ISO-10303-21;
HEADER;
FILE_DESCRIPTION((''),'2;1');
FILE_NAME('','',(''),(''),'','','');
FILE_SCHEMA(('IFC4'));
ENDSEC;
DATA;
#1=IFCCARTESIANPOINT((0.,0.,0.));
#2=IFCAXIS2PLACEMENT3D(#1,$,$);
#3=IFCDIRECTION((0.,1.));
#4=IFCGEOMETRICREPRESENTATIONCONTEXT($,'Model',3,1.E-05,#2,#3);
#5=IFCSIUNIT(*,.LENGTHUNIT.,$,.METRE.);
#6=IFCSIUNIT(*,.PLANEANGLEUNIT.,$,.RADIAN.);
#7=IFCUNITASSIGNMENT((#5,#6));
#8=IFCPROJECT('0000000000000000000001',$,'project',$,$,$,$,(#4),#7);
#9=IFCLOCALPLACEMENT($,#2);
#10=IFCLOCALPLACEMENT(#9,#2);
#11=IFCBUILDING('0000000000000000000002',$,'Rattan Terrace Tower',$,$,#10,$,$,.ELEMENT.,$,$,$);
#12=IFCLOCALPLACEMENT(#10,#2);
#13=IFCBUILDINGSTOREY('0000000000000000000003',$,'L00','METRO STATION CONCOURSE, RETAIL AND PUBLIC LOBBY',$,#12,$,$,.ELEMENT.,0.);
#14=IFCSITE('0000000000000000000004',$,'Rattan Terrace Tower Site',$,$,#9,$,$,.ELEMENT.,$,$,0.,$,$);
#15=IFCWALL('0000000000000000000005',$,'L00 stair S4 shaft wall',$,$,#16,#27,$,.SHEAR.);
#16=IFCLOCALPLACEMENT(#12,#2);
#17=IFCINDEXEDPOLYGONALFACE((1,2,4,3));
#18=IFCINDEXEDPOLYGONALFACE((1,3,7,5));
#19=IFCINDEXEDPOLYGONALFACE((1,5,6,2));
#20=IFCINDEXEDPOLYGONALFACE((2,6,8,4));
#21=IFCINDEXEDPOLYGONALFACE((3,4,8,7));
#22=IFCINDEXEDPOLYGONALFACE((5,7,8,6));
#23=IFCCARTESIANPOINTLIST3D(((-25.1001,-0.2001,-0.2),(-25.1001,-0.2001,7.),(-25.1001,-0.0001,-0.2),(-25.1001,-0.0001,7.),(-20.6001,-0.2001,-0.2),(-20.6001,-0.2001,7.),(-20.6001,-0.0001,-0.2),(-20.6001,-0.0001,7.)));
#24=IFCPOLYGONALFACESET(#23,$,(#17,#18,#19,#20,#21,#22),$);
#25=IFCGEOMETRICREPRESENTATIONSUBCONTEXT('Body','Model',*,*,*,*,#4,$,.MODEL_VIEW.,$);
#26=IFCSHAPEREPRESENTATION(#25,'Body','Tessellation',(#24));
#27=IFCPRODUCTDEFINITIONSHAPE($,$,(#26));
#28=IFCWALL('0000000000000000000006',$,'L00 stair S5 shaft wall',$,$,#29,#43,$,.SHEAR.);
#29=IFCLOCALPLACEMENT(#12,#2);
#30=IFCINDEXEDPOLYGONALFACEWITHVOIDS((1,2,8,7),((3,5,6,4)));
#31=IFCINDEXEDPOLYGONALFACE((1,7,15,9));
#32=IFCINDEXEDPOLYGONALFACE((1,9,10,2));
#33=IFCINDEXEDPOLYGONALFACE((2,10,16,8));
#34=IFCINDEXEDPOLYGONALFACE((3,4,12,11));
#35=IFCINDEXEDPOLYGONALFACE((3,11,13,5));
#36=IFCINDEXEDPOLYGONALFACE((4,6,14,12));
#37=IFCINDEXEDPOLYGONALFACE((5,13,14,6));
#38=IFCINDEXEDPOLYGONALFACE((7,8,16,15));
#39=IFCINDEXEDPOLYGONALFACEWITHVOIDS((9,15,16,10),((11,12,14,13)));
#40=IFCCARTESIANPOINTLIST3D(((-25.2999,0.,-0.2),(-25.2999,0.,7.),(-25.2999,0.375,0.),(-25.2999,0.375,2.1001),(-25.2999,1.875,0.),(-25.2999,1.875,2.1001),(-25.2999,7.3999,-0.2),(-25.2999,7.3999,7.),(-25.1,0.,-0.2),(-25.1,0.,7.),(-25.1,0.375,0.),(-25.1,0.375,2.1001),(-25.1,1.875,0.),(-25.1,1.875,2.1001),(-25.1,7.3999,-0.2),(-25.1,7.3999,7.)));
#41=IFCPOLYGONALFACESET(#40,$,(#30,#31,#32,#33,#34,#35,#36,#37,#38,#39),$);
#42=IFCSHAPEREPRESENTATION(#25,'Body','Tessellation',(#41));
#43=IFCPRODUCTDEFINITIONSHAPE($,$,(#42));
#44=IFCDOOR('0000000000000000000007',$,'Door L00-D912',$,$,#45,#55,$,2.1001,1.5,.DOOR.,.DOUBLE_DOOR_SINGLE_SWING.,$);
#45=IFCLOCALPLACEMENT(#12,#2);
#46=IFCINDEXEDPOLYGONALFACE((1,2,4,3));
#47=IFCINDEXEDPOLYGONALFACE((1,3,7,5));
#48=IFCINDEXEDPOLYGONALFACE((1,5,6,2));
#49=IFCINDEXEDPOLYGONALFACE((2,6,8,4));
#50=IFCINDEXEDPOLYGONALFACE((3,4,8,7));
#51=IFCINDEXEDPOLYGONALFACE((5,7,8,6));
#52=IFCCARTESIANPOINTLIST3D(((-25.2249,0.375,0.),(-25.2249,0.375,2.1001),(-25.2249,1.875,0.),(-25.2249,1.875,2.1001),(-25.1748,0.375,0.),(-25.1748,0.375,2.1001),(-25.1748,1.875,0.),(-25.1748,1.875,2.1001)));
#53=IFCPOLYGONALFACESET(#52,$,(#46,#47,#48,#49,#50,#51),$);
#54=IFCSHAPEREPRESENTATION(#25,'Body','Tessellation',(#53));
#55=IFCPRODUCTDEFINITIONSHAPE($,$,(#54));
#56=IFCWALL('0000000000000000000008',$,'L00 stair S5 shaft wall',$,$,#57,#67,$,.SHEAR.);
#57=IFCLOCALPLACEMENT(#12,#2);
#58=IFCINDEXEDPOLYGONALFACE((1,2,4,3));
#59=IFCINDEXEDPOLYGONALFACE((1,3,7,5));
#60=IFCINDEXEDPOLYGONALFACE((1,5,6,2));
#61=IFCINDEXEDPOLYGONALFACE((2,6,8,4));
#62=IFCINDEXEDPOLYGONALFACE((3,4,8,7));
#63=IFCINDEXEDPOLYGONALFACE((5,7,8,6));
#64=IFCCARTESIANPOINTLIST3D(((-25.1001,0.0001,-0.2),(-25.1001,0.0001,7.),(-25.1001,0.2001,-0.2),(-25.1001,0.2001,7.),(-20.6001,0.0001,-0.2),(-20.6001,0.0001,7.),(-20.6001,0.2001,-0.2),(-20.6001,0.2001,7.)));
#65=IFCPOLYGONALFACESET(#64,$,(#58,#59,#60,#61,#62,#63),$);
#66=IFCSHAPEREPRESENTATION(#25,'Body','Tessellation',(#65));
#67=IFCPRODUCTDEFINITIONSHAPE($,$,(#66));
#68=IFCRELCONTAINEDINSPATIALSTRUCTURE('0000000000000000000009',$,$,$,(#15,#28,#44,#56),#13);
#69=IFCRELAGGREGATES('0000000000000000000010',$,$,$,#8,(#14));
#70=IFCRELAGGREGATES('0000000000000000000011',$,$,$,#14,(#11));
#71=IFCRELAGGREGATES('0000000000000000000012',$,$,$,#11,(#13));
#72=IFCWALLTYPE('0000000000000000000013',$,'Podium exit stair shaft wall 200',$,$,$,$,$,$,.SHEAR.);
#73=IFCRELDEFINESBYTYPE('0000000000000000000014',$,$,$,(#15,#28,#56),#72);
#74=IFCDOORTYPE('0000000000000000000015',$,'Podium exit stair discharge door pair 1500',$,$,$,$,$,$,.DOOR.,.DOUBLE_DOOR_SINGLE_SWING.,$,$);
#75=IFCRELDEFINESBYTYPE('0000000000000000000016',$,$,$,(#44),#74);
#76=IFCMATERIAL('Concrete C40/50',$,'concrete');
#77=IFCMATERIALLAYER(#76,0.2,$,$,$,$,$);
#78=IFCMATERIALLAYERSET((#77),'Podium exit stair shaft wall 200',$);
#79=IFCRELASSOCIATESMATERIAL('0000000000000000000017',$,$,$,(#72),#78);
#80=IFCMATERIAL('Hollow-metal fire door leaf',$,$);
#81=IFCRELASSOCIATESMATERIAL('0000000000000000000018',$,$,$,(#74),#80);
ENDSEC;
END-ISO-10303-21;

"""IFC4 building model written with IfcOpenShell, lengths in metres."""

from ifc_helpers import new_model, si_unit, direction, frame, frame_2d, origin, place, context, subcontext, project, spatial, rectangle, extrude, material, layer, layer_set, type_object, element, fill, save


model = new_model("IFC4")

# Units and contexts
model_context = context("Model", 3, precision=1e-05, world=origin(), true_north=direction((0.0, 1.0)))
body_context = subcontext(model_context, "Body", "Model", "MODEL_VIEW")
ifc_project = project(units=[si_unit("LENGTHUNIT", "METRE"), si_unit("PLANEANGLEUNIT", "RADIAN")], contexts=[model_context])

# Site, building, storey
site_placement = place(None, origin())
site = spatial("IfcSite", under=ifc_project, at=site_placement, Name="Rattan Terrace Tower Site", CompositionType="ELEMENT", RefElevation=0.0)
building_placement = place(site_placement, origin())
building = spatial("IfcBuilding", under=site, at=building_placement, Name="Rattan Terrace Tower", CompositionType="ELEMENT")
storey_placement = place(building_placement, origin())
storey = spatial("IfcBuildingStorey", under=building, at=storey_placement, Name="L00", Description="METRO STATION CONCOURSE, RETAIL AND PUBLIC LOBBY", CompositionType="ELEMENT", Elevation=0.0)

# Wall
ifc_material_1 = material(Name="Concrete C40/50", Category="concrete")
ifc_layer_1 = layer(ifc_material_1, 0.2)
ifc_layer_set_1 = layer_set([ifc_layer_1], Name="Podium exit stair shaft wall 200")
wall_type_1 = type_object("IfcWallType", Name="Podium exit stair shaft wall 200", PredefinedType="SHEAR", material=ifc_layer_set_1)
wall_1_placement = place(storey_placement, frame((-25.1001, -0.1001, -0.2), z_axis=(0.0, 0.0, 1.0), x_axis=(1.0, 0.0, 0.0)))
element("IfcWall", 1, at=wall_1_placement, inside=storey, type_object=wall_type_1, Name="L00 stair S4 shaft wall", PredefinedType="SHEAR", context=body_context, shape_type="SweptSolid", body=[
    extrude(rectangle(XDim=4.5, YDim=0.2, at=frame_2d((2.25, 0.0))), origin(), (0.0, 0.0, 1.0), 7.2),
])

# Wall, opening, door
wall_2_placement = place(storey_placement, frame((-25.2, 0.0, -0.2), z_axis=(0.0, 0.0, 1.0), x_axis=(0.0, 1.0, 0.0)))
wall_2 = element("IfcWall", 2, at=wall_2_placement, inside=storey, type_object=wall_type_1, Name="L00 stair S5 shaft wall", PredefinedType="SHEAR", context=body_context, shape_type="SweptSolid", body=[
    extrude(rectangle(XDim=7.3999, YDim=0.2, at=frame_2d((3.7, 0.0))), origin(), (0.0, 0.0, 1.0), 7.2),
])
opening_placement = place(wall_2_placement, frame((0.375, 0.0, 0.2)))
opening = element("IfcOpeningElement", 3, at=opening_placement, cuts=wall_2, PredefinedType="OPENING", context=body_context, shape_type="SweptSolid", body=[
    extrude(rectangle(XDim=1.5, YDim=2.1001, at=frame_2d((0.75, 1.05))), frame((0.0, 0.1106, 0.0), z_axis=(0.0, -1.0, 0.0), x_axis=(1.0, 0.0, 0.0)), (0.0, 0.0, 1.0), 0.2209),
])
ifc_material_2 = material(Name="Hollow-metal fire door leaf")
door_type = type_object("IfcDoorType", Name="Podium exit stair discharge door pair 1500", OperationType="DOUBLE_DOOR_SINGLE_SWING", PredefinedType="DOOR", material=ifc_material_2)
door_placement = place(opening_placement, origin())
door = element("IfcDoor", 4, at=door_placement, inside=storey, type_object=door_type, Name="Door L00-D912", OperationType="DOUBLE_DOOR_SINGLE_SWING", OverallHeight=2.1001, OverallWidth=1.5, PredefinedType="DOOR", context=body_context, shape_type="SweptSolid", body=[
    extrude(rectangle(XDim=1.5, YDim=2.1001, at=frame_2d((0.75, 1.05))), frame((0.0, 0.0249, 0.0), z_axis=(0.0, -1.0, 0.0), x_axis=(1.0, 0.0, 0.0)), (0.0, 0.0, 1.0), 0.05),
])
fill(opening, door)

# Wall
wall_3_placement = place(storey_placement, frame((-25.1001, 0.1001, -0.2), z_axis=(0.0, 0.0, 1.0), x_axis=(1.0, 0.0, 0.0)))
element("IfcWall", 5, at=wall_3_placement, inside=storey, type_object=wall_type_1, Name="L00 stair S5 shaft wall", PredefinedType="SHEAR", context=body_context, shape_type="SweptSolid", body=[
    extrude(rectangle(XDim=4.5, YDim=0.2, at=frame_2d((2.25, 0.0))), origin(), (0.0, 0.0, 1.0), 7.2),
])

save(model, "model.ifc")
